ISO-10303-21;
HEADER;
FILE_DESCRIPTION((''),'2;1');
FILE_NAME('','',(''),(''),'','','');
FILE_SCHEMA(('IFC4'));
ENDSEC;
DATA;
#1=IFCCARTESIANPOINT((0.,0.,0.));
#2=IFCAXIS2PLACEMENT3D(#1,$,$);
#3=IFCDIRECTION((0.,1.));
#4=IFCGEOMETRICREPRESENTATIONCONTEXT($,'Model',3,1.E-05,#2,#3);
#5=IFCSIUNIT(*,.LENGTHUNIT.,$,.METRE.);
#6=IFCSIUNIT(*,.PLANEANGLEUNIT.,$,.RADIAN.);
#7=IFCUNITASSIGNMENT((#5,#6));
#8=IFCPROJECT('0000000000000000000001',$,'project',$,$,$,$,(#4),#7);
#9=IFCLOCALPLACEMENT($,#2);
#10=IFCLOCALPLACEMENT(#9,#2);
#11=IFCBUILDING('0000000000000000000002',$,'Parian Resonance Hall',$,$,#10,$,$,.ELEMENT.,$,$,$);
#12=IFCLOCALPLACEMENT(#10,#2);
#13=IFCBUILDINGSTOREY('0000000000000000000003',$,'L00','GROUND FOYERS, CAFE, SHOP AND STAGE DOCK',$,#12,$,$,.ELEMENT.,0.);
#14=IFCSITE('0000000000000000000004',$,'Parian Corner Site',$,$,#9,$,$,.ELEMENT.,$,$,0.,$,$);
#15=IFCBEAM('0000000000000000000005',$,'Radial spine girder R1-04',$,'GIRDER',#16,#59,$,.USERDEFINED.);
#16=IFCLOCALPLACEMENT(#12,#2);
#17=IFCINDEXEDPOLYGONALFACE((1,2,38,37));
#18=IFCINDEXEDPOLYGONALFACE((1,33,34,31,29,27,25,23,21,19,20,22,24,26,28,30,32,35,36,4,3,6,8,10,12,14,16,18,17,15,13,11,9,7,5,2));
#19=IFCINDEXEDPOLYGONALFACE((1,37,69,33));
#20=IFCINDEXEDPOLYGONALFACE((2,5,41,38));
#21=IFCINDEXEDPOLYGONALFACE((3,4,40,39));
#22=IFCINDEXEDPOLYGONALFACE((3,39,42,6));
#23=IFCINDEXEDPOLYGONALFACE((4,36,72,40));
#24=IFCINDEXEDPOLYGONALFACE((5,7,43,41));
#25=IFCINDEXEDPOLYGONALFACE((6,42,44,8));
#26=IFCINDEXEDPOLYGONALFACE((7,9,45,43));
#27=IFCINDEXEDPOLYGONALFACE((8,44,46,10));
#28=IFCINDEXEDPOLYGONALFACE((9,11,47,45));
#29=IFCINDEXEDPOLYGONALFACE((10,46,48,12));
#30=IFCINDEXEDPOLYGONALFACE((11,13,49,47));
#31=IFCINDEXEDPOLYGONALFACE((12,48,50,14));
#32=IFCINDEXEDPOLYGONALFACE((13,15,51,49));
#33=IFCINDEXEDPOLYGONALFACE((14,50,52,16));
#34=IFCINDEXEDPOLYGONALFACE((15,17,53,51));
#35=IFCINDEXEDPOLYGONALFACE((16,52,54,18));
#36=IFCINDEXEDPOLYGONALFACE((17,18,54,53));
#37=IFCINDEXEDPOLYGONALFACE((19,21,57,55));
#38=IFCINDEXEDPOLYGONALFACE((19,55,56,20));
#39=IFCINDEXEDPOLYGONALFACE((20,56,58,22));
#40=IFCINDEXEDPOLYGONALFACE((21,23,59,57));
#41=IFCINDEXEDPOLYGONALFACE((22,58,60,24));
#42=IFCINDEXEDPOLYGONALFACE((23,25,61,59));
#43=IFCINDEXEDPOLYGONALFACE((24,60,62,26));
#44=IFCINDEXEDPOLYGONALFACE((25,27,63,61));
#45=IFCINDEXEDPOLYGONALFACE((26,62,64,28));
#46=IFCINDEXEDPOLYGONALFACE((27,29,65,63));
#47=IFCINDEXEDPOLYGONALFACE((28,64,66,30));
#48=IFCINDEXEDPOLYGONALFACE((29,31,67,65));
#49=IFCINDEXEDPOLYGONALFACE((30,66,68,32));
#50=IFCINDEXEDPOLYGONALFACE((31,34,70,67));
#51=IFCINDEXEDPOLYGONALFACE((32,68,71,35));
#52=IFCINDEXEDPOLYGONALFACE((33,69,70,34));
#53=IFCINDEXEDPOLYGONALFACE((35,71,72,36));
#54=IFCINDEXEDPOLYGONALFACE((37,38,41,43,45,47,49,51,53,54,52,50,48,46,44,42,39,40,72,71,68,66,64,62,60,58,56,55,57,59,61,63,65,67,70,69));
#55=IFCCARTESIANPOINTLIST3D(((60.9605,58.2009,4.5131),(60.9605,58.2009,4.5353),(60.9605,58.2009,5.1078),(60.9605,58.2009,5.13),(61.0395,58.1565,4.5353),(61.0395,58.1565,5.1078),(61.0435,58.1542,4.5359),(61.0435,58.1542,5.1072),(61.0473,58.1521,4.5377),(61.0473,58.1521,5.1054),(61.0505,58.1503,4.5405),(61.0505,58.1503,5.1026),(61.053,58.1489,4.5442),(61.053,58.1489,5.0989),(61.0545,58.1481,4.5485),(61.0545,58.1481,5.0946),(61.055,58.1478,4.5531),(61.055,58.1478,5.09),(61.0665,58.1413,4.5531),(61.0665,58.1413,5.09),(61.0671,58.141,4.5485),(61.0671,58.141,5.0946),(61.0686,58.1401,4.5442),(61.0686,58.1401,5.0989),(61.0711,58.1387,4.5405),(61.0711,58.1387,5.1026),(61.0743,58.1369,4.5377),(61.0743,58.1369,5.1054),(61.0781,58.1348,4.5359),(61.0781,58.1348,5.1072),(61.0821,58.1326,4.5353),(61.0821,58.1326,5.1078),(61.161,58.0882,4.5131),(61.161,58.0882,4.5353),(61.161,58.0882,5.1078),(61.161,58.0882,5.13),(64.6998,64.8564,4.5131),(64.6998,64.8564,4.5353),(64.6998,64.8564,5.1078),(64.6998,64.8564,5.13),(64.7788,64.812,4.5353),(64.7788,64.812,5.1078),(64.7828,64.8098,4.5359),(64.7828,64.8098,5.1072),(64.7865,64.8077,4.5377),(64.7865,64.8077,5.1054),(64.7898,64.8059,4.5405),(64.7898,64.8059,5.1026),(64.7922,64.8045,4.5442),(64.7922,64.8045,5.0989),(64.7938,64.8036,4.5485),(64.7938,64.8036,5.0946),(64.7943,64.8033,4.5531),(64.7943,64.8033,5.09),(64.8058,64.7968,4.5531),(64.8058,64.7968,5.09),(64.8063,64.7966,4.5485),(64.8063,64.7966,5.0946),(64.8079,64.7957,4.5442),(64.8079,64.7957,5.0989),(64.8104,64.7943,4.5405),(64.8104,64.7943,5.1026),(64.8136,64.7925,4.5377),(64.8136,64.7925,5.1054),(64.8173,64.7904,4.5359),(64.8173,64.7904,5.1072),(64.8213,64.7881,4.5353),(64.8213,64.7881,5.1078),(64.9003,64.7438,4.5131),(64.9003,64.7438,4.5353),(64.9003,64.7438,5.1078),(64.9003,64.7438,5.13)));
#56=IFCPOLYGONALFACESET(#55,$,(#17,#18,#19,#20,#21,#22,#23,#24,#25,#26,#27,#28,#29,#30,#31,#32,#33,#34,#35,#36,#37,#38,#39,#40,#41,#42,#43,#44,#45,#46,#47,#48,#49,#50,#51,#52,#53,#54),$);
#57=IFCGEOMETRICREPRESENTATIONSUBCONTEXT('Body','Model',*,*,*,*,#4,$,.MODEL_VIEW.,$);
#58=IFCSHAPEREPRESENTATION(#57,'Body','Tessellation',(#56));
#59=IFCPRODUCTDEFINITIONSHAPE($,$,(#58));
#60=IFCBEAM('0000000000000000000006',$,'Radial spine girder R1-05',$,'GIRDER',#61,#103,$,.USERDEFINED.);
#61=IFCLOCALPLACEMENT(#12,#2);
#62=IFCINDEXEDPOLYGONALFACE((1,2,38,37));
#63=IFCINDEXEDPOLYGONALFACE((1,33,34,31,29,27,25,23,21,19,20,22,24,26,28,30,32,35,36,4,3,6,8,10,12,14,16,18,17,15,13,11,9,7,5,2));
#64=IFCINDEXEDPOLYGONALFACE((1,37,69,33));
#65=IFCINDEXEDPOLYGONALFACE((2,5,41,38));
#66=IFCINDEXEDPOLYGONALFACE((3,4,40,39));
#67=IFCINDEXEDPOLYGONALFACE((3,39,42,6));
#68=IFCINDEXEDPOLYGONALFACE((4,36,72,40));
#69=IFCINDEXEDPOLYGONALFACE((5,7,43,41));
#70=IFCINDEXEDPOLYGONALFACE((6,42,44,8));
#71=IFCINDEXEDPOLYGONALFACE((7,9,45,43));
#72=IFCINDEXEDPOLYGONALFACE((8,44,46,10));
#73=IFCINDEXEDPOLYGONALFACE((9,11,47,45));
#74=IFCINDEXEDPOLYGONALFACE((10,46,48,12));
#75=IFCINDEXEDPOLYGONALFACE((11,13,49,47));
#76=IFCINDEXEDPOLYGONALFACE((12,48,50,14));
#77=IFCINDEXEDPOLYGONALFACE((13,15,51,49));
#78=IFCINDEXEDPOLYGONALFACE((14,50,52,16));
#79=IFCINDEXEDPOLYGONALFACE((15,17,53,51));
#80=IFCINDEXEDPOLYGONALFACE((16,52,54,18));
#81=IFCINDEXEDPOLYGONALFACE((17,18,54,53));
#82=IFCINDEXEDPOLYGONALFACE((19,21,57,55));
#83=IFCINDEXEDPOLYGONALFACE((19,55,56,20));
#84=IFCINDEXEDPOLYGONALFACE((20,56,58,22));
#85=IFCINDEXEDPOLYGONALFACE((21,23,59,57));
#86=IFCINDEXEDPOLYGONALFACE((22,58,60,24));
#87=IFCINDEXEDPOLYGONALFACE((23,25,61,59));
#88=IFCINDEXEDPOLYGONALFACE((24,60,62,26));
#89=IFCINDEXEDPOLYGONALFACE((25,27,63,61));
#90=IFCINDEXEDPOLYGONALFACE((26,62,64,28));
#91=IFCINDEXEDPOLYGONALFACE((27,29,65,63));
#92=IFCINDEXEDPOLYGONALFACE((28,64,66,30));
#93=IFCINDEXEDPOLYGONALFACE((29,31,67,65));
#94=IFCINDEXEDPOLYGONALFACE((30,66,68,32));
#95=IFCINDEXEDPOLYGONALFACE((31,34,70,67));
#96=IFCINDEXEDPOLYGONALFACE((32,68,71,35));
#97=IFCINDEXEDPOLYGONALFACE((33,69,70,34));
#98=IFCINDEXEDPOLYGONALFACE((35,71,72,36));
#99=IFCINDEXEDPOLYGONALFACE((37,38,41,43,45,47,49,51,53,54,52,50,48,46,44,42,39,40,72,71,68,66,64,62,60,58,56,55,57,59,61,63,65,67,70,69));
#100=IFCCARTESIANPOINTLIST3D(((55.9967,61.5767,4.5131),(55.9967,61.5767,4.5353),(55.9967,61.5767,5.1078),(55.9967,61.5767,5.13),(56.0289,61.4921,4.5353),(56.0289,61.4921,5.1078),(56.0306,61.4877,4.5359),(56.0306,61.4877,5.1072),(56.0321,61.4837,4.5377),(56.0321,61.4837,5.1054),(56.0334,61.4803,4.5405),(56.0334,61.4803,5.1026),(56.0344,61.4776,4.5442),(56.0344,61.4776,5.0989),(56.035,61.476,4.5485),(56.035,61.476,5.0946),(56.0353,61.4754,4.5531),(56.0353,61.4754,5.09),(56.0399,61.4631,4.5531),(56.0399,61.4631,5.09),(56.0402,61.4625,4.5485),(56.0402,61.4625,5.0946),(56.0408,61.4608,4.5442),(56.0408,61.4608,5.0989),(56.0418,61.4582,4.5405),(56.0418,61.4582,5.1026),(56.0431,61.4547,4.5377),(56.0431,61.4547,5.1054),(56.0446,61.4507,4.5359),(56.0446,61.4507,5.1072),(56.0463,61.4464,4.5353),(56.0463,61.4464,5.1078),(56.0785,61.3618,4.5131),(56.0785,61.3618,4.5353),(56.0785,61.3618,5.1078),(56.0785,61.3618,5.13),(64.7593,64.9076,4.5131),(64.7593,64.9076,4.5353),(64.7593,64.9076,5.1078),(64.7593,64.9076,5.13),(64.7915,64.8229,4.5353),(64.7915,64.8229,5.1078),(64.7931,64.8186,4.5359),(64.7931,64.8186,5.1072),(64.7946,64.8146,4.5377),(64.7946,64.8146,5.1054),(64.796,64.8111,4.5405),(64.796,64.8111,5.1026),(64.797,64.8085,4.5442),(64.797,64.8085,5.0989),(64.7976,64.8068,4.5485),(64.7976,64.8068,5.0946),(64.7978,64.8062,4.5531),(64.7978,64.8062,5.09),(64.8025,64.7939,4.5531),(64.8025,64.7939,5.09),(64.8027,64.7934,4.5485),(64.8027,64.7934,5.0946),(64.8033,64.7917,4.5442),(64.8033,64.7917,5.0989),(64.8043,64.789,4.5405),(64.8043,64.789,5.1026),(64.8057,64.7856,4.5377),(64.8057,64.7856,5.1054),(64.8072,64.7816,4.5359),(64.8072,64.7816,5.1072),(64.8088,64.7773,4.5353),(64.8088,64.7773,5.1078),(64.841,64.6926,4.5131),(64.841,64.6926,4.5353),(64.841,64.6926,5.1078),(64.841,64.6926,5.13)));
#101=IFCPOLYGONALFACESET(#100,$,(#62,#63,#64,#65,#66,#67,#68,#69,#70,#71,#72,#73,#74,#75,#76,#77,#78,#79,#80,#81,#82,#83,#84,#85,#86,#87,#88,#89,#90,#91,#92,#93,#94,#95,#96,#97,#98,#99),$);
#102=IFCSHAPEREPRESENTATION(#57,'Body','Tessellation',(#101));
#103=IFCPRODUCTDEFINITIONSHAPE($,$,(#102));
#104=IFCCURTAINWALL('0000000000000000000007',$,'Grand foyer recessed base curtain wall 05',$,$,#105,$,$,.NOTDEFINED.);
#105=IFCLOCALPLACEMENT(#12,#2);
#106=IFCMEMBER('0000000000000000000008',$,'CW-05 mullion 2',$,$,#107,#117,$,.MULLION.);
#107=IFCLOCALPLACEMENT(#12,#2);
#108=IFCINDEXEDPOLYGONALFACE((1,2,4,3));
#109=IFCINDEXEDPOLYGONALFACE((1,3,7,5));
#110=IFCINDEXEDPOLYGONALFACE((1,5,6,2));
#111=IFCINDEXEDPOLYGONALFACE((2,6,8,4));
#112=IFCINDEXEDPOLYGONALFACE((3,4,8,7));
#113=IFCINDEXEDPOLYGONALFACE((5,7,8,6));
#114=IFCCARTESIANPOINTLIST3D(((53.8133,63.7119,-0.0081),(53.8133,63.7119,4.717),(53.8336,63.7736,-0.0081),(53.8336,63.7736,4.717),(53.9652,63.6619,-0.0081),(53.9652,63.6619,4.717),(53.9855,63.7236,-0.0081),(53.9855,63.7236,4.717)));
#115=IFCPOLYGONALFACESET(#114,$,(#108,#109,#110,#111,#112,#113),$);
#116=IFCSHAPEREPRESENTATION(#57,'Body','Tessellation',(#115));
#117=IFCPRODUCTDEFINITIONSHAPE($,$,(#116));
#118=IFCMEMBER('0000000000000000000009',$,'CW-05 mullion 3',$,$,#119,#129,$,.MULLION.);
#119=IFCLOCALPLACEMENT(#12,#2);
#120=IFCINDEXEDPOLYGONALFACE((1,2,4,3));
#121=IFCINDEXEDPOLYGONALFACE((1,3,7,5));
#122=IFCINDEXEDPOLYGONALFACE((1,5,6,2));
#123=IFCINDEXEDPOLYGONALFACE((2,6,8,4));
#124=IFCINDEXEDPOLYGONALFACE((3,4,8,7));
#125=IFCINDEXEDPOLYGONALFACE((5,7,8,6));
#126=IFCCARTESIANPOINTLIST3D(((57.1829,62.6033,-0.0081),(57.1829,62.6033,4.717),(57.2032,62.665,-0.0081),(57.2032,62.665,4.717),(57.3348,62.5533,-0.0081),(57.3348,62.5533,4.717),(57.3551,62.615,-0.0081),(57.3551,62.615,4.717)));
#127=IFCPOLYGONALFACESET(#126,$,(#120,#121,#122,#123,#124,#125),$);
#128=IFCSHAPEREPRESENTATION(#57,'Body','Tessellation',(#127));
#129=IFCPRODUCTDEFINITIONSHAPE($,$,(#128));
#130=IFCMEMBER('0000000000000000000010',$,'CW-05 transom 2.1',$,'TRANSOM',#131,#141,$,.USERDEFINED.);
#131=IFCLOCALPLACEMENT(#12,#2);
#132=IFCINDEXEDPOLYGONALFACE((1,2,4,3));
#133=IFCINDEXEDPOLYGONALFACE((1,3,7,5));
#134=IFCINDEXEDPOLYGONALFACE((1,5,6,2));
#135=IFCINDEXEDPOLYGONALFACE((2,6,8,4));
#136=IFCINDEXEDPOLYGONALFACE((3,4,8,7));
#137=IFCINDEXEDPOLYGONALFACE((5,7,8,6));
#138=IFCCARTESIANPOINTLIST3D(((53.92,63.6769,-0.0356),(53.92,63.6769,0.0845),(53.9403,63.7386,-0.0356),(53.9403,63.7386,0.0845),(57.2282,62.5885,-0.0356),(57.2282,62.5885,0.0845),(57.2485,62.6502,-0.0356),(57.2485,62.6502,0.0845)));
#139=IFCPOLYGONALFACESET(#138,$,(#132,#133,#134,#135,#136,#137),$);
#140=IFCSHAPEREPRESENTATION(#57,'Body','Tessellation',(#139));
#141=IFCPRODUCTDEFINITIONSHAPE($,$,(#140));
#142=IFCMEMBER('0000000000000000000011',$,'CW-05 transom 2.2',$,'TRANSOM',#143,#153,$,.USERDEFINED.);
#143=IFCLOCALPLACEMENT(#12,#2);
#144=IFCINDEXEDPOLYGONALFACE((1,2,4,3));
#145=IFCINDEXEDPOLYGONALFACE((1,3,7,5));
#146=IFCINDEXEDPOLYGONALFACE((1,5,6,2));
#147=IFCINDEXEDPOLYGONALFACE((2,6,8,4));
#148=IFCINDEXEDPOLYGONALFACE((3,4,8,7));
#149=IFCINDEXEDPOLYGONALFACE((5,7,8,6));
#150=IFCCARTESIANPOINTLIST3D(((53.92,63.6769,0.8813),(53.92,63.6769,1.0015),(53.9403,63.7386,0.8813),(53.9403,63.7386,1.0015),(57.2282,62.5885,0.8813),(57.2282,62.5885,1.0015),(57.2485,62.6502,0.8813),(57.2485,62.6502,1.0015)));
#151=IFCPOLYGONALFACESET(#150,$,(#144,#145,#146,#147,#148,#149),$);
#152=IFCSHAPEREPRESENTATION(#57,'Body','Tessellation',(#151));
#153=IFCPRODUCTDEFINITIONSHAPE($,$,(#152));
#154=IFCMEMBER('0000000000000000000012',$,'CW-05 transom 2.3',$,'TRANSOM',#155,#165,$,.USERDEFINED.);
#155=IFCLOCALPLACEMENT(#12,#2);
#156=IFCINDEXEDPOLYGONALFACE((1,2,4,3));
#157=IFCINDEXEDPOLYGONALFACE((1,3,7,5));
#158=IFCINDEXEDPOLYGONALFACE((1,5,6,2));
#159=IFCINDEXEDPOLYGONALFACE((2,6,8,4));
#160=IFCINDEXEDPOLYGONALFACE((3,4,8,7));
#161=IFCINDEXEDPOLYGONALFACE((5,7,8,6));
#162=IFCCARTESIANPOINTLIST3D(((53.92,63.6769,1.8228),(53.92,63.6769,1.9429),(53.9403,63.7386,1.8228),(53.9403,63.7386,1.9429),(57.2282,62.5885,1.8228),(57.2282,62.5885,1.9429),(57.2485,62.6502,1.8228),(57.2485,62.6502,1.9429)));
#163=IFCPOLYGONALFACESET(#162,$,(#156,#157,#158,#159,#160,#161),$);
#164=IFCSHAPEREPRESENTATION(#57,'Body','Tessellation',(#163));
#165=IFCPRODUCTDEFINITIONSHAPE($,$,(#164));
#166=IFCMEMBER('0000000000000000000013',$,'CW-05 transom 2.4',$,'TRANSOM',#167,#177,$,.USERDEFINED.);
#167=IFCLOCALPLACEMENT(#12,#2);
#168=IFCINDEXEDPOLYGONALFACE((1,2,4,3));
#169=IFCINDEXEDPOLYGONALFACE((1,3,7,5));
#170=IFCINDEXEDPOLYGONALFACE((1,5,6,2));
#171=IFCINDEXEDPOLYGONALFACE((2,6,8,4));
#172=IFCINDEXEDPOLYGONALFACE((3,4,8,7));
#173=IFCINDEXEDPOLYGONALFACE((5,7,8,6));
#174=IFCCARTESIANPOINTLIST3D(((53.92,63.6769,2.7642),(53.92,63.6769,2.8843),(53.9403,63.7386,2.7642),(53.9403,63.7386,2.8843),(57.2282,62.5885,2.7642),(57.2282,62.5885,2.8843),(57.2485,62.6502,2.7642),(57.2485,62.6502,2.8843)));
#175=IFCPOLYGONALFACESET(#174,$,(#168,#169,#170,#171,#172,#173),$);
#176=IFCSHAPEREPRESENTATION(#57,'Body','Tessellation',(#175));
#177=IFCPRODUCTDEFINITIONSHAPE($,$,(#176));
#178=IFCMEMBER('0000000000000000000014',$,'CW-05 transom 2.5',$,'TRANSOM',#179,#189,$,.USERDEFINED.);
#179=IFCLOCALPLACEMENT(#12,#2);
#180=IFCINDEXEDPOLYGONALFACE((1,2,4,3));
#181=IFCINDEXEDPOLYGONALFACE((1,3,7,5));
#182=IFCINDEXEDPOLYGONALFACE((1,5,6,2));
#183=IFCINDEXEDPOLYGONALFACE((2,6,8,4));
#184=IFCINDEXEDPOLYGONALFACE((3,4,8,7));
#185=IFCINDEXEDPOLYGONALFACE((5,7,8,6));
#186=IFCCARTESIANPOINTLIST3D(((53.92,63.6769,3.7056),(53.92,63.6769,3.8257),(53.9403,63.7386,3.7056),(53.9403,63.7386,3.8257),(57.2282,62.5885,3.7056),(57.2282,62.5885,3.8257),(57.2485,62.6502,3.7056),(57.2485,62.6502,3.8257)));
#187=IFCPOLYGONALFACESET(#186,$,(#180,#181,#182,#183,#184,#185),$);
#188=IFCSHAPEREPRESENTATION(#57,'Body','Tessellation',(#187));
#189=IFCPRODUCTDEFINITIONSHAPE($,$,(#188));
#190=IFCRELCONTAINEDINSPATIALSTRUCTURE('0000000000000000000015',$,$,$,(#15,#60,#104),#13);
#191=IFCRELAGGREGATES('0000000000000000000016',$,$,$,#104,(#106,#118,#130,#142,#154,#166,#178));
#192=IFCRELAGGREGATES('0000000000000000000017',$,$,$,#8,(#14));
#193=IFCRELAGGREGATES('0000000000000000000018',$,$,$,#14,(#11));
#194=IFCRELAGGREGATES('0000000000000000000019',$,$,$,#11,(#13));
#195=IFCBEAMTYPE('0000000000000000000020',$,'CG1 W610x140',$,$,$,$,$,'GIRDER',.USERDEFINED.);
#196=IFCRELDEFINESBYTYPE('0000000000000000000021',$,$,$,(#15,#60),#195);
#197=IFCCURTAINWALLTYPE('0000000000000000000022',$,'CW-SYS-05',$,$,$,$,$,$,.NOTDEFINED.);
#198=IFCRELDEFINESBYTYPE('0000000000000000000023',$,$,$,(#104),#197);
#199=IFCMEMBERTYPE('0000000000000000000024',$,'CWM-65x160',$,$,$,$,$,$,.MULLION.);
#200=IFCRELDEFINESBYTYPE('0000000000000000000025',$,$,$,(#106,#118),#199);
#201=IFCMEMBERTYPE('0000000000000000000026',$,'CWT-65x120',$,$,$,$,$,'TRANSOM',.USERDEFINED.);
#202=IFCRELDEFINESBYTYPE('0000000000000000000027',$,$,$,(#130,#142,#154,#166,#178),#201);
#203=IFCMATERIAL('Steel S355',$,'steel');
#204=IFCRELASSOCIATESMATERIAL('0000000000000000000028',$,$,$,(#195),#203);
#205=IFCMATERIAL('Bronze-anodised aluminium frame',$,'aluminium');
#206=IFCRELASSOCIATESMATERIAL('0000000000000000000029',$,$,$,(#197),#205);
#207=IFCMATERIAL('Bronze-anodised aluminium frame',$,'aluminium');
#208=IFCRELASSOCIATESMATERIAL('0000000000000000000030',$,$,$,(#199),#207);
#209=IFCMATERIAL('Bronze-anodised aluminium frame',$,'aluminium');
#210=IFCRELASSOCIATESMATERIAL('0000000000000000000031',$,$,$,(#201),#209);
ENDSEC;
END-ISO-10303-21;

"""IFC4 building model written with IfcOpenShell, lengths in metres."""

from ifc_helpers import new_model, si_unit, direction, frame, origin, origin_2d, place, context, subcontext, project, spatial, rectangle, i_section, extrude, material, material_profile, profile_set, type_object, element, aggregate, save


model = new_model("IFC4")

# Units and contexts
model_context = context("Model", 3, precision=1e-05, world=origin(), true_north=direction((0.0, 1.0)))
body_context = subcontext(model_context, "Body", "Model", "MODEL_VIEW")
ifc_project = project(units=[si_unit("LENGTHUNIT", "METRE"), si_unit("PLANEANGLEUNIT", "RADIAN")], contexts=[model_context])

# Site, building, storey
site_placement = place(None, origin())
site = spatial("IfcSite", under=ifc_project, at=site_placement, Name="Parian Corner Site", CompositionType="ELEMENT", RefElevation=0.0)
building_placement = place(site_placement, origin())
building = spatial("IfcBuilding", under=site, at=building_placement, Name="Parian Resonance Hall", CompositionType="ELEMENT")
storey_placement = place(building_placement, origin())
storey = spatial("IfcBuildingStorey", under=building, at=storey_placement, Name="L00", Description="GROUND FOYERS, CAFE, SHOP AND STAGE DOCK", CompositionType="ELEMENT", Elevation=0.0)

# Beams
ifc_material_1 = material(Name="Steel S355", Category="steel")
ifc_material_profile_1 = material_profile(ifc_material_1, i_section(OverallWidth=0.23, OverallDepth=0.6169, WebThickness=0.0132, FlangeThickness=0.0222, FilletRadius=0.0178, at=origin_2d()), Name="W610x140")
ifc_profile_set_1 = profile_set([ifc_material_profile_1], Name="Steel S355")
beam_type_1 = type_object("IfcBeamType", Name="CG1 W610x140", ElementType="GIRDER", PredefinedType="USERDEFINED", material=ifc_profile_set_1)
beam_1_placement = place(storey_placement, frame((61.0608, 58.1445, 4.8215), z_axis=(0.489816, 0.871826, 0.0), x_axis=(-0.871826, 0.489816, 0.0)))
element("IfcBeam", 1, at=beam_1_placement, inside=storey, type_object=beam_type_1, Name="Radial spine girder R1-04", ObjectType="GIRDER", PredefinedType="USERDEFINED", context=body_context, shape_type="SweptSolid", body=[
    extrude(i_section(OverallWidth=0.23, OverallDepth=0.6169, WebThickness=0.0132, FlangeThickness=0.0222, FilletRadius=0.0178, at=origin_2d()), origin(), (0.0, 0.0, 1.0), 7.634),
])
beam_2_placement = place(storey_placement, frame((56.0376, 61.4692, 4.8215), z_axis=(0.934745, 0.355318, 0.0), x_axis=(-0.355318, 0.934745, 0.0)))
element("IfcBeam", 2, at=beam_2_placement, inside=storey, type_object=beam_type_1, Name="Radial spine girder R1-05", ObjectType="GIRDER", PredefinedType="USERDEFINED", context=body_context, shape_type="SweptSolid", body=[
    extrude(i_section(OverallWidth=0.23, OverallDepth=0.6169, WebThickness=0.0132, FlangeThickness=0.0222, FilletRadius=0.0178, at=origin_2d()), origin(), (0.0, 0.0, 1.0), 9.3743),
])

# Curtain wall, members
ifc_material_2 = material(Name="Bronze-anodised aluminium frame", Category="aluminium")
curtain_wall_type = type_object("IfcCurtainWallType", Name="CW-SYS-05", PredefinedType="NOTDEFINED", material=ifc_material_2)
curtain_wall_placement = place(storey_placement, origin())
curtain_wall = element("IfcCurtainWall", 3, at=curtain_wall_placement, inside=storey, type_object=curtain_wall_type, Name="Grand foyer recessed base curtain wall 05", PredefinedType="NOTDEFINED")
ifc_material_3 = material(Name="Bronze-anodised aluminium frame", Category="aluminium")
ifc_material_profile_2 = material_profile(ifc_material_3, rectangle(XDim=0.0649, YDim=0.1599, at=origin_2d()), Name="CWM-65x160")
ifc_profile_set_2 = profile_set([ifc_material_profile_2], Name="Bronze-anodised aluminium frame")
member_type_1 = type_object("IfcMemberType", Name="CWM-65x160", PredefinedType="MULLION", material=ifc_profile_set_2)
member_1_placement = place(storey_placement, frame((53.8994, 63.7178, -0.0081), z_axis=(0.0, 0.0, 1.0), x_axis=(0.31253, 0.949908, 0.0)))
member_1 = element("IfcMember", 4, at=member_1_placement, type_object=member_type_1, Name="CW-05 mullion 2", PredefinedType="MULLION", context=body_context, shape_type="SweptSolid", body=[
    extrude(rectangle(XDim=0.0649, YDim=0.1599, at=origin_2d()), origin(), (0.0, 0.0, 1.0), 4.7251),
])
member_2_placement = place(storey_placement, frame((57.269, 62.6091, -0.0081), z_axis=(0.0, 0.0, 1.0), x_axis=(0.31253, 0.949908, 0.0)))
member_2 = element("IfcMember", 5, at=member_2_placement, type_object=member_type_1, Name="CW-05 mullion 3", PredefinedType="MULLION", context=body_context, shape_type="SweptSolid", body=[
    extrude(rectangle(XDim=0.0649, YDim=0.1599, at=origin_2d()), origin(), (0.0, 0.0, 1.0), 4.7251),
])
ifc_material_4 = material(Name="Bronze-anodised aluminium frame", Category="aluminium")
ifc_material_profile_3 = material_profile(ifc_material_4, rectangle(XDim=0.0649, YDim=0.1201, at=origin_2d()), Name="CWT-65x120")
ifc_profile_set_3 = profile_set([ifc_material_profile_3], Name="Bronze-anodised aluminium frame")
member_type_2 = type_object("IfcMemberType", Name="CWT-65x120", ElementType="TRANSOM", PredefinedType="USERDEFINED", material=ifc_profile_set_3)
member_3_placement = place(storey_placement, frame((53.9302, 63.7078, 0.0244), z_axis=(0.94991, -0.312524, 0.0), x_axis=(0.312524, 0.94991, 0.0)))
member_3 = element("IfcMember", 6, at=member_3_placement, type_object=member_type_2, Name="CW-05 transom 2.1", ObjectType="TRANSOM", PredefinedType="USERDEFINED", context=body_context, shape_type="SweptSolid", body=[
    extrude(rectangle(XDim=0.0649, YDim=0.1201, at=origin_2d()), origin(), (0.0, 0.0, 1.0), 3.4827),
])
member_4_placement = place(storey_placement, frame((53.9302, 63.7078, 0.9414), z_axis=(0.94991, -0.312524, 0.0), x_axis=(0.312524, 0.94991, 0.0)))
member_4 = element("IfcMember", 7, at=member_4_placement, type_object=member_type_2, Name="CW-05 transom 2.2", ObjectType="TRANSOM", PredefinedType="USERDEFINED", context=body_context, shape_type="SweptSolid", body=[
    extrude(rectangle(XDim=0.0649, YDim=0.1201, at=origin_2d()), origin(), (0.0, 0.0, 1.0), 3.4827),
])
member_5_placement = place(storey_placement, frame((53.9302, 63.7078, 1.8828), z_axis=(0.94991, -0.312524, 0.0), x_axis=(0.312524, 0.94991, 0.0)))
member_5 = element("IfcMember", 8, at=member_5_placement, type_object=member_type_2, Name="CW-05 transom 2.3", ObjectType="TRANSOM", PredefinedType="USERDEFINED", context=body_context, shape_type="SweptSolid", body=[
    extrude(rectangle(XDim=0.0649, YDim=0.1201, at=origin_2d()), origin(), (0.0, 0.0, 1.0), 3.4827),
])
member_6_placement = place(storey_placement, frame((53.9302, 63.7078, 2.8242), z_axis=(0.94991, -0.312524, 0.0), x_axis=(0.312524, 0.94991, 0.0)))
member_6 = element("IfcMember", 9, at=member_6_placement, type_object=member_type_2, Name="CW-05 transom 2.4", ObjectType="TRANSOM", PredefinedType="USERDEFINED", context=body_context, shape_type="SweptSolid", body=[
    extrude(rectangle(XDim=0.0649, YDim=0.1201, at=origin_2d()), origin(), (0.0, 0.0, 1.0), 3.4827),
])
member_7_placement = place(storey_placement, frame((53.9302, 63.7078, 3.7656), z_axis=(0.94991, -0.312524, 0.0), x_axis=(0.312524, 0.94991, 0.0)))
member_7 = element("IfcMember", 10, at=member_7_placement, type_object=member_type_2, Name="CW-05 transom 2.5", ObjectType="TRANSOM", PredefinedType="USERDEFINED", context=body_context, shape_type="SweptSolid", body=[
    extrude(rectangle(XDim=0.0649, YDim=0.1201, at=origin_2d()), origin(), (0.0, 0.0, 1.0), 3.4827),
])
aggregate(curtain_wall, [member_1, member_2, member_3, member_4, member_5, member_6, member_7])

save(model, "model.ifc")
